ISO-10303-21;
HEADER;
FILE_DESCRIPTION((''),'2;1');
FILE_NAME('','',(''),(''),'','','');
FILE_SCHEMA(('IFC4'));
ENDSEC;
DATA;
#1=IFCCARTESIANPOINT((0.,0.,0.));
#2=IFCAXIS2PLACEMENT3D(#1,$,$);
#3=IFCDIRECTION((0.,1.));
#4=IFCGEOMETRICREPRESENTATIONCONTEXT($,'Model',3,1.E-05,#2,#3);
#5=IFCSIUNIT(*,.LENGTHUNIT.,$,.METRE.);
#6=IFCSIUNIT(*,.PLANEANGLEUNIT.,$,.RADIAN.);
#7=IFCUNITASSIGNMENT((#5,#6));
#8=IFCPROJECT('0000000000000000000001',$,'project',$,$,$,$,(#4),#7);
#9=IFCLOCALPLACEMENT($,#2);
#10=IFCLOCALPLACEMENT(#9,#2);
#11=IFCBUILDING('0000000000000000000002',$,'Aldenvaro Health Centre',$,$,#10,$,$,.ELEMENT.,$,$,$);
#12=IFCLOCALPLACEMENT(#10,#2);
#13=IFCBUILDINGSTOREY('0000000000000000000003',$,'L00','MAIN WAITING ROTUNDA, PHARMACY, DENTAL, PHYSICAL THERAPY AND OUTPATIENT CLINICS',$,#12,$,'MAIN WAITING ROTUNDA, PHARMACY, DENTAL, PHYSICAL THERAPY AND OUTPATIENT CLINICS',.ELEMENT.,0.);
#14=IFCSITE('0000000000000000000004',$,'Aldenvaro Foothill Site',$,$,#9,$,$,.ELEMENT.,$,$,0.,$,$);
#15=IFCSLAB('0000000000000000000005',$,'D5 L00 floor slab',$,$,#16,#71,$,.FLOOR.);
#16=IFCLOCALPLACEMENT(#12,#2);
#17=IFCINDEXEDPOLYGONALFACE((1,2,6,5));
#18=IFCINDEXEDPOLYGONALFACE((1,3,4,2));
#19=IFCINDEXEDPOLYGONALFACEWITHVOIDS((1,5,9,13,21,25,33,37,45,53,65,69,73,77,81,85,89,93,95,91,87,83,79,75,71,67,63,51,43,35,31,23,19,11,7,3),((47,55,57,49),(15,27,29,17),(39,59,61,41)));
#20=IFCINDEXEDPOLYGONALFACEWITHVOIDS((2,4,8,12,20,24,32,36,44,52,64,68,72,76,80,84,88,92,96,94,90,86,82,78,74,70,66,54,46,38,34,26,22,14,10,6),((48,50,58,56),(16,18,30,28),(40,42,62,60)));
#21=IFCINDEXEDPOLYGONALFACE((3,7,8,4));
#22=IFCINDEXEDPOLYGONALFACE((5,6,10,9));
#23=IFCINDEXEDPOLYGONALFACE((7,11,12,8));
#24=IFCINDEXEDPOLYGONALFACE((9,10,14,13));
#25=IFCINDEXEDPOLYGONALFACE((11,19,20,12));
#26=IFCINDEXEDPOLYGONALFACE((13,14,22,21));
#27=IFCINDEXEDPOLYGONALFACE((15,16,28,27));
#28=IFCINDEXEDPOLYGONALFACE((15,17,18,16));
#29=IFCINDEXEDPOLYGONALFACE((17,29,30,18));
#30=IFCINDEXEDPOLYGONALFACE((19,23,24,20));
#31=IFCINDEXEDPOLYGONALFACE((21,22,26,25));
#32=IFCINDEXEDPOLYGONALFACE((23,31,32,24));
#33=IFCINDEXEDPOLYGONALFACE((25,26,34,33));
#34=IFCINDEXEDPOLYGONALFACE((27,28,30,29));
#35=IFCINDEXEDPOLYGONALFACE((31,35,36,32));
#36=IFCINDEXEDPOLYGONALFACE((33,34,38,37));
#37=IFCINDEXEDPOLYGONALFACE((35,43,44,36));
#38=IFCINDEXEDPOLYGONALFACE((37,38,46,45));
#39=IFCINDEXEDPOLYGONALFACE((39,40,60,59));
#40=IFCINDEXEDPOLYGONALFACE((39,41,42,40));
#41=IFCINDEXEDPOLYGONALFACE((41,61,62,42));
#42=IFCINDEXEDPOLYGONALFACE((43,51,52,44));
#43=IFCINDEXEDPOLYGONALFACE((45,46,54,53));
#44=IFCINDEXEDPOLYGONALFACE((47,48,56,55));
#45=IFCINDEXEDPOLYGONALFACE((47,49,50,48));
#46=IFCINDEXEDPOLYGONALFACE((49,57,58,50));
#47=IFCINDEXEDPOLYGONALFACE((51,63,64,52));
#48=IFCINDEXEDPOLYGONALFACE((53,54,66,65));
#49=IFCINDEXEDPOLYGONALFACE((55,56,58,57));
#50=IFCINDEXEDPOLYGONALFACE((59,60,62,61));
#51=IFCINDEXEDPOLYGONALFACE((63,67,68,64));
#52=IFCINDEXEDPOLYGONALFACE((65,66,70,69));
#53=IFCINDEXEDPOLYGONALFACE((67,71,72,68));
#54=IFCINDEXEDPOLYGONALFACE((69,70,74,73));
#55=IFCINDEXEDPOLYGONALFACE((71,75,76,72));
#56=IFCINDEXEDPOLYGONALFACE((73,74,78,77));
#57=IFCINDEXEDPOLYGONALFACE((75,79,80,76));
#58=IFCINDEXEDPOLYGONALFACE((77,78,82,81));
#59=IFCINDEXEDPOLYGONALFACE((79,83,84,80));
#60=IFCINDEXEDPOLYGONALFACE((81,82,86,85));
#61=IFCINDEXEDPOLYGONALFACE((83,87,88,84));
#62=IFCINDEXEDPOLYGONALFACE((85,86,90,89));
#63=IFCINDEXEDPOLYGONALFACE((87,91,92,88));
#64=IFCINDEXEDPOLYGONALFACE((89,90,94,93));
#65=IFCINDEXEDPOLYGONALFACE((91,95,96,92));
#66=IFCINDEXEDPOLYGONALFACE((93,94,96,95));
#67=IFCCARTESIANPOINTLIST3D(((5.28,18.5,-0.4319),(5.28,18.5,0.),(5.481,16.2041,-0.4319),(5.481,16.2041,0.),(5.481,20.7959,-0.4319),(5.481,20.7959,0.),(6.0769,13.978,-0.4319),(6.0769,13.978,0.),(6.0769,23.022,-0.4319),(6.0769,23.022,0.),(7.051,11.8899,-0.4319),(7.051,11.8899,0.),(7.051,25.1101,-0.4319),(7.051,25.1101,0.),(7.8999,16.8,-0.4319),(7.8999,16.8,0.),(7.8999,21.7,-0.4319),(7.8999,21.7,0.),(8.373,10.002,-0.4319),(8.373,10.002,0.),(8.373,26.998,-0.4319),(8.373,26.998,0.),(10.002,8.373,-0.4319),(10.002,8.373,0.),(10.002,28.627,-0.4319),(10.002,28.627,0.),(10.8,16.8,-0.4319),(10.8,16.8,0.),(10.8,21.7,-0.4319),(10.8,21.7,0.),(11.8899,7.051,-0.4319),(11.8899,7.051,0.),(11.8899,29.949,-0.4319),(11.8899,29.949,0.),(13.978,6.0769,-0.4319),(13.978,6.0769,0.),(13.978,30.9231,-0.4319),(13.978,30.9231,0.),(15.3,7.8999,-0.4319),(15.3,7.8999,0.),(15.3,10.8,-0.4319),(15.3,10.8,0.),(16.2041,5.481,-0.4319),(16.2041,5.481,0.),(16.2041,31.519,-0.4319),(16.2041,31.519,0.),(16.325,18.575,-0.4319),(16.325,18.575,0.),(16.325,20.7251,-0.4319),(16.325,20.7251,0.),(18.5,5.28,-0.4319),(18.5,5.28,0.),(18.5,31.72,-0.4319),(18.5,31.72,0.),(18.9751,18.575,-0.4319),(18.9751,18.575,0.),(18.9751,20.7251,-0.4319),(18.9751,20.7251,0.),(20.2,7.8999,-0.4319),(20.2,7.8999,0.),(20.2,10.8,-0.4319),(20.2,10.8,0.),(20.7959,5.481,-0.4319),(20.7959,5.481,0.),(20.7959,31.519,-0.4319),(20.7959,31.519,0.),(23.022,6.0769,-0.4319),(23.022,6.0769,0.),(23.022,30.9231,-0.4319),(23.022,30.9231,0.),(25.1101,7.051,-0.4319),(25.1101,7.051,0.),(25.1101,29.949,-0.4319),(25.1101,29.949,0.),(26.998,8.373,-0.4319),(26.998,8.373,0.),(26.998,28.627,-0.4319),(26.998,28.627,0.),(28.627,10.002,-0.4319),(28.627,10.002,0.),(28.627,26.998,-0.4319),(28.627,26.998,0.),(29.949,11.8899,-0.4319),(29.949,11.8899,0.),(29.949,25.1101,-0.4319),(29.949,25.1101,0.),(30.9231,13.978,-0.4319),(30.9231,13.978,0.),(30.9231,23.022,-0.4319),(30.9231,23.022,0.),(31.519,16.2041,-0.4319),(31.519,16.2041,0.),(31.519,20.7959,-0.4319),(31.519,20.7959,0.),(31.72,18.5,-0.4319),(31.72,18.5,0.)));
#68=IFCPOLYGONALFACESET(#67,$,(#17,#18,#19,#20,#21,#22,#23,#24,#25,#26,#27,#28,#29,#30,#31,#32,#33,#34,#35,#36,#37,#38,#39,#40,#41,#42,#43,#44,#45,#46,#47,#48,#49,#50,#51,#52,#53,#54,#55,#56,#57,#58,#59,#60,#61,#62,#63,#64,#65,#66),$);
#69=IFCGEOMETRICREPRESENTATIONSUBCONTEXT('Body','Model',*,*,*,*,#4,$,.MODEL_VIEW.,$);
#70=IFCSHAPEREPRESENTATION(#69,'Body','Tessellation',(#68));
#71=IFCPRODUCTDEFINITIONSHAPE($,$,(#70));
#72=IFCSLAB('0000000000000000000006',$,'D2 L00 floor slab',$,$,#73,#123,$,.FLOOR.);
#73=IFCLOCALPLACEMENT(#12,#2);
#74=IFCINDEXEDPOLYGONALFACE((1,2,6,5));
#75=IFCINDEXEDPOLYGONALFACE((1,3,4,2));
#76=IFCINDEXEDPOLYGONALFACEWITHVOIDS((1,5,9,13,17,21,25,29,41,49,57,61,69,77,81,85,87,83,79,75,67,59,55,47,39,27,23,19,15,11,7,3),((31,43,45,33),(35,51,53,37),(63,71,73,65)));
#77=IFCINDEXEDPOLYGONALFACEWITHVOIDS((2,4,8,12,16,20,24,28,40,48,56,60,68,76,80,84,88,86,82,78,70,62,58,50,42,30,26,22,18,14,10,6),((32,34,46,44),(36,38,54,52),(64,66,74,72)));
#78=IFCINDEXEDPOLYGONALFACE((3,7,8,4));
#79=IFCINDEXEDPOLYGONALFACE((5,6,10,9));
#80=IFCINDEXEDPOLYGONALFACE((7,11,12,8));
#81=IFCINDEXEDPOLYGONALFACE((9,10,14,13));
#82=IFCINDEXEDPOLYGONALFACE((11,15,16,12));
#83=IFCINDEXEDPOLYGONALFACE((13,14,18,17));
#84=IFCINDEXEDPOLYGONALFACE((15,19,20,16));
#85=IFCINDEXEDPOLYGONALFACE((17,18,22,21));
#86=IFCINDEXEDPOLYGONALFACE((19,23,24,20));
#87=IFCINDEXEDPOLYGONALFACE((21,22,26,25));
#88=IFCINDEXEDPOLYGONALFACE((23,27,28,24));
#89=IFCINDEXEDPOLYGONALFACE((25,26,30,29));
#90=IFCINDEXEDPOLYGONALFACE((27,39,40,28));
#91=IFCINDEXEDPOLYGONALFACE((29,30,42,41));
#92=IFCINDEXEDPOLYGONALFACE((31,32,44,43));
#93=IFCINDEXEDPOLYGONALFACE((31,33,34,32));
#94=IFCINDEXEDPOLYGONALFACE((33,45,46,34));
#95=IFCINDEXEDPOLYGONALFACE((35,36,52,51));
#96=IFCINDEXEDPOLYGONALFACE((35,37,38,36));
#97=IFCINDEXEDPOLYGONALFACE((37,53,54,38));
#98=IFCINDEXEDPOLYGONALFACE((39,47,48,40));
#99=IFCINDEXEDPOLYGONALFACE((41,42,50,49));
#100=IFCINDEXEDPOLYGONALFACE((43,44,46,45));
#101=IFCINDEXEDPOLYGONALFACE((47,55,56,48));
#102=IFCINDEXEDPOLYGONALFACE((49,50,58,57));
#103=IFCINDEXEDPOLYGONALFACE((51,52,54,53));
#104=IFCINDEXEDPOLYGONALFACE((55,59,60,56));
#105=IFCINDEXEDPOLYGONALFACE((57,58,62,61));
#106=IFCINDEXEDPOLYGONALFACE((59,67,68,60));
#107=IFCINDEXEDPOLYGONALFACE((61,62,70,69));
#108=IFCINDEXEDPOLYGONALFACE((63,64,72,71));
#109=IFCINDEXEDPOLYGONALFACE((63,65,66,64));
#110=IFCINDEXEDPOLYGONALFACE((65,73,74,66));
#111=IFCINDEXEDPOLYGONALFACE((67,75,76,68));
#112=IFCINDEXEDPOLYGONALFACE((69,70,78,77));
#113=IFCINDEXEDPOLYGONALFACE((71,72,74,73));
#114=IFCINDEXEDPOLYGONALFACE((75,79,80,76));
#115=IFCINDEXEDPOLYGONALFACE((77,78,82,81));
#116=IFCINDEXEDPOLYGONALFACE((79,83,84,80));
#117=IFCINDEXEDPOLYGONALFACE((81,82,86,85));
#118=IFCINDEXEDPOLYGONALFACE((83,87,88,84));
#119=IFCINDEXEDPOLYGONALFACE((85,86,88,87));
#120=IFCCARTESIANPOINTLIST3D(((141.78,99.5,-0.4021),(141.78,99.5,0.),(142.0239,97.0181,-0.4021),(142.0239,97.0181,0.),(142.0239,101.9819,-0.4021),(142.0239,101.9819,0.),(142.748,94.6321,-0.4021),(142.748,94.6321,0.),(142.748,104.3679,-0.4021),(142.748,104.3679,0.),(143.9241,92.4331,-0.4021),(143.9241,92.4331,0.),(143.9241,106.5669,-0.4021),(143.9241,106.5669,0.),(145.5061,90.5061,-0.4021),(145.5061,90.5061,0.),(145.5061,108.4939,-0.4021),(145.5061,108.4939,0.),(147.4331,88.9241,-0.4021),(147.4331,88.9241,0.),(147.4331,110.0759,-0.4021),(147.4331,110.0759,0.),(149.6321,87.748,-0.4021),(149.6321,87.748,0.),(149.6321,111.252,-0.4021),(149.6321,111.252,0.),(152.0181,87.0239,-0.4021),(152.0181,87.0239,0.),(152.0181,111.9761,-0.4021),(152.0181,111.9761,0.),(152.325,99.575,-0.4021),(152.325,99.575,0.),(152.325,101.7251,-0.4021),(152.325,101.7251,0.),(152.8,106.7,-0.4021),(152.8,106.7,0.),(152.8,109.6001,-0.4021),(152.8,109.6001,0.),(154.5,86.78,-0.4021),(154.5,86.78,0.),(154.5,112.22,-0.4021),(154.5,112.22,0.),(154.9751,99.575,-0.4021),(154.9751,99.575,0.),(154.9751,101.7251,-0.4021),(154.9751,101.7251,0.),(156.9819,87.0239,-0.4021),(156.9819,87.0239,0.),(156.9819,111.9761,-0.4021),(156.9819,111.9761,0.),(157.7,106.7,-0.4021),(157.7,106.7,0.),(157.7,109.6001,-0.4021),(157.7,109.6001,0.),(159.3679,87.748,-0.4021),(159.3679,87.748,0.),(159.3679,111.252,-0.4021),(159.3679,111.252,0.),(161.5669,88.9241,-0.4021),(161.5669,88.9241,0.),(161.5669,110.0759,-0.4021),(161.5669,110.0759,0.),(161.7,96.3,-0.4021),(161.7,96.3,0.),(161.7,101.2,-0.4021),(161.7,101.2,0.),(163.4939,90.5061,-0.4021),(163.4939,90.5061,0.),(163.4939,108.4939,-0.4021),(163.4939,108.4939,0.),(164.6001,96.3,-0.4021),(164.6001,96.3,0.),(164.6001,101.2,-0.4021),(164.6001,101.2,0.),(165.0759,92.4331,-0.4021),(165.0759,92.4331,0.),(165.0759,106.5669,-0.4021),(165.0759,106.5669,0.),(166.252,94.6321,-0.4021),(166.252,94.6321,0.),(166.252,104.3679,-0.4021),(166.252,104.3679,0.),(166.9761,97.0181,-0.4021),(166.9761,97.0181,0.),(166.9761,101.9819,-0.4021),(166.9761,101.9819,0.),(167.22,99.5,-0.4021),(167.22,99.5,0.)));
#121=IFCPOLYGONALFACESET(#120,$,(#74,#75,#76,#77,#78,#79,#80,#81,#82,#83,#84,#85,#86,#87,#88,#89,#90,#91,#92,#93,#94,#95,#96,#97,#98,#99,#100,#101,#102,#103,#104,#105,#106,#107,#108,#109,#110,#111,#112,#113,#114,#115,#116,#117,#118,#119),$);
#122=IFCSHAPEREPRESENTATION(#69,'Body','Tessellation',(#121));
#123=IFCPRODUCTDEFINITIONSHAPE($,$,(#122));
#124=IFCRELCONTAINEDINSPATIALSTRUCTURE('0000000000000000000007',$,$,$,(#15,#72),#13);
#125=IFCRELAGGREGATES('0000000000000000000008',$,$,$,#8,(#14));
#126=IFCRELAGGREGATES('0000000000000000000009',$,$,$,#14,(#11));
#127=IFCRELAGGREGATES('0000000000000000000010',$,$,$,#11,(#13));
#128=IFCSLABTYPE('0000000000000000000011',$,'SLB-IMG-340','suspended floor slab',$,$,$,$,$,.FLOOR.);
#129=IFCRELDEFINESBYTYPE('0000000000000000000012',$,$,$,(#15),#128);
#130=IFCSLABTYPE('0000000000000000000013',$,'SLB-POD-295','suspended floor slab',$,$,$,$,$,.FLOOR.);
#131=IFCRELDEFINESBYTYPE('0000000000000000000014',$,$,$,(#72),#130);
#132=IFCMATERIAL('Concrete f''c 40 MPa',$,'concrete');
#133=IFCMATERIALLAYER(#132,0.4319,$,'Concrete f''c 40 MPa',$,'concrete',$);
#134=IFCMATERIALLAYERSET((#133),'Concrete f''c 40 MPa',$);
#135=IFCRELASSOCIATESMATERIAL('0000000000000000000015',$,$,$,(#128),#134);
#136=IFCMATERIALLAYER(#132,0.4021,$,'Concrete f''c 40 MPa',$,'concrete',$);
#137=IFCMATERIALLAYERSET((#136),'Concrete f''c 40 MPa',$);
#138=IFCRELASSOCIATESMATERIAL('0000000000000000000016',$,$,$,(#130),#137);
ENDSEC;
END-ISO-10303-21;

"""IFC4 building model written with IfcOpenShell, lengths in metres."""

from ifc_helpers import new_model, si_unit, direction, frame, origin, place, context, subcontext, project, spatial, polyline, outline, extrude, material, layer, layer_set, type_object, element, save


model = new_model("IFC4")

# Units and contexts
model_context = context("Model", 3, precision=1e-05, world=origin(), true_north=direction((0.0, 1.0)))
body_context = subcontext(model_context, "Body", "Model", "MODEL_VIEW")
ifc_project = project(units=[si_unit("LENGTHUNIT", "METRE"), si_unit("PLANEANGLEUNIT", "RADIAN")], contexts=[model_context])

# Site, building, storey
site_placement = place(None, origin())
site = spatial("IfcSite", under=ifc_project, at=site_placement, Name="Aldenvaro Foothill Site", CompositionType="ELEMENT", RefElevation=0.0)
building_placement = place(site_placement, origin())
building = spatial("IfcBuilding", under=site, at=building_placement, Name="Aldenvaro Health Centre", CompositionType="ELEMENT")
storey_placement = place(building_placement, origin())
storey = spatial("IfcBuildingStorey", under=building, at=storey_placement, Name="L00", Description="MAIN WAITING ROTUNDA, PHARMACY, DENTAL, PHYSICAL THERAPY AND OUTPATIENT CLINICS", LongName="MAIN WAITING ROTUNDA, PHARMACY, DENTAL, PHYSICAL THERAPY AND OUTPATIENT CLINICS", CompositionType="ELEMENT", Elevation=0.0)

# Slabs
ifc_material_1 = material(Name="Concrete f'c 40 MPa", Category="concrete")
ifc_layer_1 = layer(ifc_material_1, 0.4319, Name="Concrete f'c 40 MPa", Category="concrete")
ifc_layer_set_1 = layer_set([ifc_layer_1], Name="Concrete f'c 40 MPa")
slab_type_1 = type_object("IfcSlabType", Name="SLB-IMG-340", Description="suspended floor slab", PredefinedType="FLOOR", material=ifc_layer_set_1)
slab_1_placement = place(storey_placement, frame((0.0, 0.0, -0.4319)))
element("IfcSlab", 1, at=slab_1_placement, inside=storey, type_object=slab_type_1, Name="D5 L00 floor slab", PredefinedType="FLOOR", context=body_context, shape_type="SweptSolid", body=[
    extrude(outline(polyline([(31.72, 18.5), (31.519, 20.7959), (30.9231, 23.022), (29.949, 25.1101), (28.627, 26.998), (26.998, 28.627), (25.1101, 29.949), (23.022, 30.9231), (20.7959, 31.519), (18.5, 31.72), (16.2041, 31.519), (13.978, 30.9231), (11.8899, 29.949), (10.002, 28.627), (8.373, 26.998), (7.051, 25.1101), (6.0769, 23.022), (5.481, 20.7959), (5.28, 18.5), (5.481, 16.2041), (6.0769, 13.978), (7.051, 11.8899), (8.373, 10.002), (10.002, 8.373), (11.8899, 7.051), (13.978, 6.0769), (16.2041, 5.481), (18.5, 5.28), (20.7959, 5.481), (23.022, 6.0769), (25.1101, 7.051), (26.998, 8.373), (28.627, 10.002), (29.949, 11.8899), (30.9231, 13.978), (31.519, 16.2041), (31.72, 18.5)]), holes=[polyline([(10.8, 16.8), (10.8, 21.7), (7.8999, 21.7), (7.8999, 16.8), (10.8, 16.8)]), polyline([(20.2, 10.8), (15.3, 10.8), (15.3, 7.8999), (20.2, 7.8999), (20.2, 10.8)]), polyline([(16.325, 18.575), (18.9751, 18.575), (18.9751, 20.7251), (16.325, 20.7251), (16.325, 18.575)])]), origin(), (0.0, 0.0, 1.0), 0.4319),
])
ifc_layer_2 = layer(ifc_material_1, 0.4021, Name="Concrete f'c 40 MPa", Category="concrete")
ifc_layer_set_2 = layer_set([ifc_layer_2], Name="Concrete f'c 40 MPa")
slab_type_2 = type_object("IfcSlabType", Name="SLB-POD-295", Description="suspended floor slab", PredefinedType="FLOOR", material=ifc_layer_set_2)
slab_2_placement = place(storey_placement, frame((0.0, 0.0, -0.4021)))
element("IfcSlab", 2, at=slab_2_placement, inside=storey, type_object=slab_type_2, Name="D2 L00 floor slab", PredefinedType="FLOOR", context=body_context, shape_type="SweptSolid", body=[
    extrude(outline(polyline([(167.22, 99.5), (166.9761, 101.9819), (166.252, 104.3679), (165.0759, 106.5669), (163.4939, 108.4939), (161.5669, 110.0759), (159.3679, 111.252), (156.9819, 111.9761), (154.5, 112.22), (152.0181, 111.9761), (149.6321, 111.252), (147.4331, 110.0759), (145.5061, 108.4939), (143.9241, 106.5669), (142.748, 104.3679), (142.0239, 101.9819), (141.78, 99.5), (142.0239, 97.0181), (142.748, 94.6321), (143.9241, 92.4331), (145.5061, 90.5061), (147.4331, 88.9241), (149.6321, 87.748), (152.0181, 87.0239), (154.5, 86.78), (156.9819, 87.0239), (159.3679, 87.748), (161.5669, 88.9241), (163.4939, 90.5061), (165.0759, 92.4331), (166.252, 94.6321), (166.9761, 97.0181), (167.22, 99.5)]), holes=[polyline([(161.7, 101.2), (161.7, 96.3), (164.6001, 96.3), (164.6001, 101.2), (161.7, 101.2)]), polyline([(152.8, 106.7), (157.7, 106.7), (157.7, 109.6001), (152.8, 109.6001), (152.8, 106.7)]), polyline([(152.325, 99.575), (154.9751, 99.575), (154.9751, 101.7251), (152.325, 101.7251), (152.325, 99.575)])]), origin(), (0.0, 0.0, 1.0), 0.4021),
])

save(model, "model.ifc")
